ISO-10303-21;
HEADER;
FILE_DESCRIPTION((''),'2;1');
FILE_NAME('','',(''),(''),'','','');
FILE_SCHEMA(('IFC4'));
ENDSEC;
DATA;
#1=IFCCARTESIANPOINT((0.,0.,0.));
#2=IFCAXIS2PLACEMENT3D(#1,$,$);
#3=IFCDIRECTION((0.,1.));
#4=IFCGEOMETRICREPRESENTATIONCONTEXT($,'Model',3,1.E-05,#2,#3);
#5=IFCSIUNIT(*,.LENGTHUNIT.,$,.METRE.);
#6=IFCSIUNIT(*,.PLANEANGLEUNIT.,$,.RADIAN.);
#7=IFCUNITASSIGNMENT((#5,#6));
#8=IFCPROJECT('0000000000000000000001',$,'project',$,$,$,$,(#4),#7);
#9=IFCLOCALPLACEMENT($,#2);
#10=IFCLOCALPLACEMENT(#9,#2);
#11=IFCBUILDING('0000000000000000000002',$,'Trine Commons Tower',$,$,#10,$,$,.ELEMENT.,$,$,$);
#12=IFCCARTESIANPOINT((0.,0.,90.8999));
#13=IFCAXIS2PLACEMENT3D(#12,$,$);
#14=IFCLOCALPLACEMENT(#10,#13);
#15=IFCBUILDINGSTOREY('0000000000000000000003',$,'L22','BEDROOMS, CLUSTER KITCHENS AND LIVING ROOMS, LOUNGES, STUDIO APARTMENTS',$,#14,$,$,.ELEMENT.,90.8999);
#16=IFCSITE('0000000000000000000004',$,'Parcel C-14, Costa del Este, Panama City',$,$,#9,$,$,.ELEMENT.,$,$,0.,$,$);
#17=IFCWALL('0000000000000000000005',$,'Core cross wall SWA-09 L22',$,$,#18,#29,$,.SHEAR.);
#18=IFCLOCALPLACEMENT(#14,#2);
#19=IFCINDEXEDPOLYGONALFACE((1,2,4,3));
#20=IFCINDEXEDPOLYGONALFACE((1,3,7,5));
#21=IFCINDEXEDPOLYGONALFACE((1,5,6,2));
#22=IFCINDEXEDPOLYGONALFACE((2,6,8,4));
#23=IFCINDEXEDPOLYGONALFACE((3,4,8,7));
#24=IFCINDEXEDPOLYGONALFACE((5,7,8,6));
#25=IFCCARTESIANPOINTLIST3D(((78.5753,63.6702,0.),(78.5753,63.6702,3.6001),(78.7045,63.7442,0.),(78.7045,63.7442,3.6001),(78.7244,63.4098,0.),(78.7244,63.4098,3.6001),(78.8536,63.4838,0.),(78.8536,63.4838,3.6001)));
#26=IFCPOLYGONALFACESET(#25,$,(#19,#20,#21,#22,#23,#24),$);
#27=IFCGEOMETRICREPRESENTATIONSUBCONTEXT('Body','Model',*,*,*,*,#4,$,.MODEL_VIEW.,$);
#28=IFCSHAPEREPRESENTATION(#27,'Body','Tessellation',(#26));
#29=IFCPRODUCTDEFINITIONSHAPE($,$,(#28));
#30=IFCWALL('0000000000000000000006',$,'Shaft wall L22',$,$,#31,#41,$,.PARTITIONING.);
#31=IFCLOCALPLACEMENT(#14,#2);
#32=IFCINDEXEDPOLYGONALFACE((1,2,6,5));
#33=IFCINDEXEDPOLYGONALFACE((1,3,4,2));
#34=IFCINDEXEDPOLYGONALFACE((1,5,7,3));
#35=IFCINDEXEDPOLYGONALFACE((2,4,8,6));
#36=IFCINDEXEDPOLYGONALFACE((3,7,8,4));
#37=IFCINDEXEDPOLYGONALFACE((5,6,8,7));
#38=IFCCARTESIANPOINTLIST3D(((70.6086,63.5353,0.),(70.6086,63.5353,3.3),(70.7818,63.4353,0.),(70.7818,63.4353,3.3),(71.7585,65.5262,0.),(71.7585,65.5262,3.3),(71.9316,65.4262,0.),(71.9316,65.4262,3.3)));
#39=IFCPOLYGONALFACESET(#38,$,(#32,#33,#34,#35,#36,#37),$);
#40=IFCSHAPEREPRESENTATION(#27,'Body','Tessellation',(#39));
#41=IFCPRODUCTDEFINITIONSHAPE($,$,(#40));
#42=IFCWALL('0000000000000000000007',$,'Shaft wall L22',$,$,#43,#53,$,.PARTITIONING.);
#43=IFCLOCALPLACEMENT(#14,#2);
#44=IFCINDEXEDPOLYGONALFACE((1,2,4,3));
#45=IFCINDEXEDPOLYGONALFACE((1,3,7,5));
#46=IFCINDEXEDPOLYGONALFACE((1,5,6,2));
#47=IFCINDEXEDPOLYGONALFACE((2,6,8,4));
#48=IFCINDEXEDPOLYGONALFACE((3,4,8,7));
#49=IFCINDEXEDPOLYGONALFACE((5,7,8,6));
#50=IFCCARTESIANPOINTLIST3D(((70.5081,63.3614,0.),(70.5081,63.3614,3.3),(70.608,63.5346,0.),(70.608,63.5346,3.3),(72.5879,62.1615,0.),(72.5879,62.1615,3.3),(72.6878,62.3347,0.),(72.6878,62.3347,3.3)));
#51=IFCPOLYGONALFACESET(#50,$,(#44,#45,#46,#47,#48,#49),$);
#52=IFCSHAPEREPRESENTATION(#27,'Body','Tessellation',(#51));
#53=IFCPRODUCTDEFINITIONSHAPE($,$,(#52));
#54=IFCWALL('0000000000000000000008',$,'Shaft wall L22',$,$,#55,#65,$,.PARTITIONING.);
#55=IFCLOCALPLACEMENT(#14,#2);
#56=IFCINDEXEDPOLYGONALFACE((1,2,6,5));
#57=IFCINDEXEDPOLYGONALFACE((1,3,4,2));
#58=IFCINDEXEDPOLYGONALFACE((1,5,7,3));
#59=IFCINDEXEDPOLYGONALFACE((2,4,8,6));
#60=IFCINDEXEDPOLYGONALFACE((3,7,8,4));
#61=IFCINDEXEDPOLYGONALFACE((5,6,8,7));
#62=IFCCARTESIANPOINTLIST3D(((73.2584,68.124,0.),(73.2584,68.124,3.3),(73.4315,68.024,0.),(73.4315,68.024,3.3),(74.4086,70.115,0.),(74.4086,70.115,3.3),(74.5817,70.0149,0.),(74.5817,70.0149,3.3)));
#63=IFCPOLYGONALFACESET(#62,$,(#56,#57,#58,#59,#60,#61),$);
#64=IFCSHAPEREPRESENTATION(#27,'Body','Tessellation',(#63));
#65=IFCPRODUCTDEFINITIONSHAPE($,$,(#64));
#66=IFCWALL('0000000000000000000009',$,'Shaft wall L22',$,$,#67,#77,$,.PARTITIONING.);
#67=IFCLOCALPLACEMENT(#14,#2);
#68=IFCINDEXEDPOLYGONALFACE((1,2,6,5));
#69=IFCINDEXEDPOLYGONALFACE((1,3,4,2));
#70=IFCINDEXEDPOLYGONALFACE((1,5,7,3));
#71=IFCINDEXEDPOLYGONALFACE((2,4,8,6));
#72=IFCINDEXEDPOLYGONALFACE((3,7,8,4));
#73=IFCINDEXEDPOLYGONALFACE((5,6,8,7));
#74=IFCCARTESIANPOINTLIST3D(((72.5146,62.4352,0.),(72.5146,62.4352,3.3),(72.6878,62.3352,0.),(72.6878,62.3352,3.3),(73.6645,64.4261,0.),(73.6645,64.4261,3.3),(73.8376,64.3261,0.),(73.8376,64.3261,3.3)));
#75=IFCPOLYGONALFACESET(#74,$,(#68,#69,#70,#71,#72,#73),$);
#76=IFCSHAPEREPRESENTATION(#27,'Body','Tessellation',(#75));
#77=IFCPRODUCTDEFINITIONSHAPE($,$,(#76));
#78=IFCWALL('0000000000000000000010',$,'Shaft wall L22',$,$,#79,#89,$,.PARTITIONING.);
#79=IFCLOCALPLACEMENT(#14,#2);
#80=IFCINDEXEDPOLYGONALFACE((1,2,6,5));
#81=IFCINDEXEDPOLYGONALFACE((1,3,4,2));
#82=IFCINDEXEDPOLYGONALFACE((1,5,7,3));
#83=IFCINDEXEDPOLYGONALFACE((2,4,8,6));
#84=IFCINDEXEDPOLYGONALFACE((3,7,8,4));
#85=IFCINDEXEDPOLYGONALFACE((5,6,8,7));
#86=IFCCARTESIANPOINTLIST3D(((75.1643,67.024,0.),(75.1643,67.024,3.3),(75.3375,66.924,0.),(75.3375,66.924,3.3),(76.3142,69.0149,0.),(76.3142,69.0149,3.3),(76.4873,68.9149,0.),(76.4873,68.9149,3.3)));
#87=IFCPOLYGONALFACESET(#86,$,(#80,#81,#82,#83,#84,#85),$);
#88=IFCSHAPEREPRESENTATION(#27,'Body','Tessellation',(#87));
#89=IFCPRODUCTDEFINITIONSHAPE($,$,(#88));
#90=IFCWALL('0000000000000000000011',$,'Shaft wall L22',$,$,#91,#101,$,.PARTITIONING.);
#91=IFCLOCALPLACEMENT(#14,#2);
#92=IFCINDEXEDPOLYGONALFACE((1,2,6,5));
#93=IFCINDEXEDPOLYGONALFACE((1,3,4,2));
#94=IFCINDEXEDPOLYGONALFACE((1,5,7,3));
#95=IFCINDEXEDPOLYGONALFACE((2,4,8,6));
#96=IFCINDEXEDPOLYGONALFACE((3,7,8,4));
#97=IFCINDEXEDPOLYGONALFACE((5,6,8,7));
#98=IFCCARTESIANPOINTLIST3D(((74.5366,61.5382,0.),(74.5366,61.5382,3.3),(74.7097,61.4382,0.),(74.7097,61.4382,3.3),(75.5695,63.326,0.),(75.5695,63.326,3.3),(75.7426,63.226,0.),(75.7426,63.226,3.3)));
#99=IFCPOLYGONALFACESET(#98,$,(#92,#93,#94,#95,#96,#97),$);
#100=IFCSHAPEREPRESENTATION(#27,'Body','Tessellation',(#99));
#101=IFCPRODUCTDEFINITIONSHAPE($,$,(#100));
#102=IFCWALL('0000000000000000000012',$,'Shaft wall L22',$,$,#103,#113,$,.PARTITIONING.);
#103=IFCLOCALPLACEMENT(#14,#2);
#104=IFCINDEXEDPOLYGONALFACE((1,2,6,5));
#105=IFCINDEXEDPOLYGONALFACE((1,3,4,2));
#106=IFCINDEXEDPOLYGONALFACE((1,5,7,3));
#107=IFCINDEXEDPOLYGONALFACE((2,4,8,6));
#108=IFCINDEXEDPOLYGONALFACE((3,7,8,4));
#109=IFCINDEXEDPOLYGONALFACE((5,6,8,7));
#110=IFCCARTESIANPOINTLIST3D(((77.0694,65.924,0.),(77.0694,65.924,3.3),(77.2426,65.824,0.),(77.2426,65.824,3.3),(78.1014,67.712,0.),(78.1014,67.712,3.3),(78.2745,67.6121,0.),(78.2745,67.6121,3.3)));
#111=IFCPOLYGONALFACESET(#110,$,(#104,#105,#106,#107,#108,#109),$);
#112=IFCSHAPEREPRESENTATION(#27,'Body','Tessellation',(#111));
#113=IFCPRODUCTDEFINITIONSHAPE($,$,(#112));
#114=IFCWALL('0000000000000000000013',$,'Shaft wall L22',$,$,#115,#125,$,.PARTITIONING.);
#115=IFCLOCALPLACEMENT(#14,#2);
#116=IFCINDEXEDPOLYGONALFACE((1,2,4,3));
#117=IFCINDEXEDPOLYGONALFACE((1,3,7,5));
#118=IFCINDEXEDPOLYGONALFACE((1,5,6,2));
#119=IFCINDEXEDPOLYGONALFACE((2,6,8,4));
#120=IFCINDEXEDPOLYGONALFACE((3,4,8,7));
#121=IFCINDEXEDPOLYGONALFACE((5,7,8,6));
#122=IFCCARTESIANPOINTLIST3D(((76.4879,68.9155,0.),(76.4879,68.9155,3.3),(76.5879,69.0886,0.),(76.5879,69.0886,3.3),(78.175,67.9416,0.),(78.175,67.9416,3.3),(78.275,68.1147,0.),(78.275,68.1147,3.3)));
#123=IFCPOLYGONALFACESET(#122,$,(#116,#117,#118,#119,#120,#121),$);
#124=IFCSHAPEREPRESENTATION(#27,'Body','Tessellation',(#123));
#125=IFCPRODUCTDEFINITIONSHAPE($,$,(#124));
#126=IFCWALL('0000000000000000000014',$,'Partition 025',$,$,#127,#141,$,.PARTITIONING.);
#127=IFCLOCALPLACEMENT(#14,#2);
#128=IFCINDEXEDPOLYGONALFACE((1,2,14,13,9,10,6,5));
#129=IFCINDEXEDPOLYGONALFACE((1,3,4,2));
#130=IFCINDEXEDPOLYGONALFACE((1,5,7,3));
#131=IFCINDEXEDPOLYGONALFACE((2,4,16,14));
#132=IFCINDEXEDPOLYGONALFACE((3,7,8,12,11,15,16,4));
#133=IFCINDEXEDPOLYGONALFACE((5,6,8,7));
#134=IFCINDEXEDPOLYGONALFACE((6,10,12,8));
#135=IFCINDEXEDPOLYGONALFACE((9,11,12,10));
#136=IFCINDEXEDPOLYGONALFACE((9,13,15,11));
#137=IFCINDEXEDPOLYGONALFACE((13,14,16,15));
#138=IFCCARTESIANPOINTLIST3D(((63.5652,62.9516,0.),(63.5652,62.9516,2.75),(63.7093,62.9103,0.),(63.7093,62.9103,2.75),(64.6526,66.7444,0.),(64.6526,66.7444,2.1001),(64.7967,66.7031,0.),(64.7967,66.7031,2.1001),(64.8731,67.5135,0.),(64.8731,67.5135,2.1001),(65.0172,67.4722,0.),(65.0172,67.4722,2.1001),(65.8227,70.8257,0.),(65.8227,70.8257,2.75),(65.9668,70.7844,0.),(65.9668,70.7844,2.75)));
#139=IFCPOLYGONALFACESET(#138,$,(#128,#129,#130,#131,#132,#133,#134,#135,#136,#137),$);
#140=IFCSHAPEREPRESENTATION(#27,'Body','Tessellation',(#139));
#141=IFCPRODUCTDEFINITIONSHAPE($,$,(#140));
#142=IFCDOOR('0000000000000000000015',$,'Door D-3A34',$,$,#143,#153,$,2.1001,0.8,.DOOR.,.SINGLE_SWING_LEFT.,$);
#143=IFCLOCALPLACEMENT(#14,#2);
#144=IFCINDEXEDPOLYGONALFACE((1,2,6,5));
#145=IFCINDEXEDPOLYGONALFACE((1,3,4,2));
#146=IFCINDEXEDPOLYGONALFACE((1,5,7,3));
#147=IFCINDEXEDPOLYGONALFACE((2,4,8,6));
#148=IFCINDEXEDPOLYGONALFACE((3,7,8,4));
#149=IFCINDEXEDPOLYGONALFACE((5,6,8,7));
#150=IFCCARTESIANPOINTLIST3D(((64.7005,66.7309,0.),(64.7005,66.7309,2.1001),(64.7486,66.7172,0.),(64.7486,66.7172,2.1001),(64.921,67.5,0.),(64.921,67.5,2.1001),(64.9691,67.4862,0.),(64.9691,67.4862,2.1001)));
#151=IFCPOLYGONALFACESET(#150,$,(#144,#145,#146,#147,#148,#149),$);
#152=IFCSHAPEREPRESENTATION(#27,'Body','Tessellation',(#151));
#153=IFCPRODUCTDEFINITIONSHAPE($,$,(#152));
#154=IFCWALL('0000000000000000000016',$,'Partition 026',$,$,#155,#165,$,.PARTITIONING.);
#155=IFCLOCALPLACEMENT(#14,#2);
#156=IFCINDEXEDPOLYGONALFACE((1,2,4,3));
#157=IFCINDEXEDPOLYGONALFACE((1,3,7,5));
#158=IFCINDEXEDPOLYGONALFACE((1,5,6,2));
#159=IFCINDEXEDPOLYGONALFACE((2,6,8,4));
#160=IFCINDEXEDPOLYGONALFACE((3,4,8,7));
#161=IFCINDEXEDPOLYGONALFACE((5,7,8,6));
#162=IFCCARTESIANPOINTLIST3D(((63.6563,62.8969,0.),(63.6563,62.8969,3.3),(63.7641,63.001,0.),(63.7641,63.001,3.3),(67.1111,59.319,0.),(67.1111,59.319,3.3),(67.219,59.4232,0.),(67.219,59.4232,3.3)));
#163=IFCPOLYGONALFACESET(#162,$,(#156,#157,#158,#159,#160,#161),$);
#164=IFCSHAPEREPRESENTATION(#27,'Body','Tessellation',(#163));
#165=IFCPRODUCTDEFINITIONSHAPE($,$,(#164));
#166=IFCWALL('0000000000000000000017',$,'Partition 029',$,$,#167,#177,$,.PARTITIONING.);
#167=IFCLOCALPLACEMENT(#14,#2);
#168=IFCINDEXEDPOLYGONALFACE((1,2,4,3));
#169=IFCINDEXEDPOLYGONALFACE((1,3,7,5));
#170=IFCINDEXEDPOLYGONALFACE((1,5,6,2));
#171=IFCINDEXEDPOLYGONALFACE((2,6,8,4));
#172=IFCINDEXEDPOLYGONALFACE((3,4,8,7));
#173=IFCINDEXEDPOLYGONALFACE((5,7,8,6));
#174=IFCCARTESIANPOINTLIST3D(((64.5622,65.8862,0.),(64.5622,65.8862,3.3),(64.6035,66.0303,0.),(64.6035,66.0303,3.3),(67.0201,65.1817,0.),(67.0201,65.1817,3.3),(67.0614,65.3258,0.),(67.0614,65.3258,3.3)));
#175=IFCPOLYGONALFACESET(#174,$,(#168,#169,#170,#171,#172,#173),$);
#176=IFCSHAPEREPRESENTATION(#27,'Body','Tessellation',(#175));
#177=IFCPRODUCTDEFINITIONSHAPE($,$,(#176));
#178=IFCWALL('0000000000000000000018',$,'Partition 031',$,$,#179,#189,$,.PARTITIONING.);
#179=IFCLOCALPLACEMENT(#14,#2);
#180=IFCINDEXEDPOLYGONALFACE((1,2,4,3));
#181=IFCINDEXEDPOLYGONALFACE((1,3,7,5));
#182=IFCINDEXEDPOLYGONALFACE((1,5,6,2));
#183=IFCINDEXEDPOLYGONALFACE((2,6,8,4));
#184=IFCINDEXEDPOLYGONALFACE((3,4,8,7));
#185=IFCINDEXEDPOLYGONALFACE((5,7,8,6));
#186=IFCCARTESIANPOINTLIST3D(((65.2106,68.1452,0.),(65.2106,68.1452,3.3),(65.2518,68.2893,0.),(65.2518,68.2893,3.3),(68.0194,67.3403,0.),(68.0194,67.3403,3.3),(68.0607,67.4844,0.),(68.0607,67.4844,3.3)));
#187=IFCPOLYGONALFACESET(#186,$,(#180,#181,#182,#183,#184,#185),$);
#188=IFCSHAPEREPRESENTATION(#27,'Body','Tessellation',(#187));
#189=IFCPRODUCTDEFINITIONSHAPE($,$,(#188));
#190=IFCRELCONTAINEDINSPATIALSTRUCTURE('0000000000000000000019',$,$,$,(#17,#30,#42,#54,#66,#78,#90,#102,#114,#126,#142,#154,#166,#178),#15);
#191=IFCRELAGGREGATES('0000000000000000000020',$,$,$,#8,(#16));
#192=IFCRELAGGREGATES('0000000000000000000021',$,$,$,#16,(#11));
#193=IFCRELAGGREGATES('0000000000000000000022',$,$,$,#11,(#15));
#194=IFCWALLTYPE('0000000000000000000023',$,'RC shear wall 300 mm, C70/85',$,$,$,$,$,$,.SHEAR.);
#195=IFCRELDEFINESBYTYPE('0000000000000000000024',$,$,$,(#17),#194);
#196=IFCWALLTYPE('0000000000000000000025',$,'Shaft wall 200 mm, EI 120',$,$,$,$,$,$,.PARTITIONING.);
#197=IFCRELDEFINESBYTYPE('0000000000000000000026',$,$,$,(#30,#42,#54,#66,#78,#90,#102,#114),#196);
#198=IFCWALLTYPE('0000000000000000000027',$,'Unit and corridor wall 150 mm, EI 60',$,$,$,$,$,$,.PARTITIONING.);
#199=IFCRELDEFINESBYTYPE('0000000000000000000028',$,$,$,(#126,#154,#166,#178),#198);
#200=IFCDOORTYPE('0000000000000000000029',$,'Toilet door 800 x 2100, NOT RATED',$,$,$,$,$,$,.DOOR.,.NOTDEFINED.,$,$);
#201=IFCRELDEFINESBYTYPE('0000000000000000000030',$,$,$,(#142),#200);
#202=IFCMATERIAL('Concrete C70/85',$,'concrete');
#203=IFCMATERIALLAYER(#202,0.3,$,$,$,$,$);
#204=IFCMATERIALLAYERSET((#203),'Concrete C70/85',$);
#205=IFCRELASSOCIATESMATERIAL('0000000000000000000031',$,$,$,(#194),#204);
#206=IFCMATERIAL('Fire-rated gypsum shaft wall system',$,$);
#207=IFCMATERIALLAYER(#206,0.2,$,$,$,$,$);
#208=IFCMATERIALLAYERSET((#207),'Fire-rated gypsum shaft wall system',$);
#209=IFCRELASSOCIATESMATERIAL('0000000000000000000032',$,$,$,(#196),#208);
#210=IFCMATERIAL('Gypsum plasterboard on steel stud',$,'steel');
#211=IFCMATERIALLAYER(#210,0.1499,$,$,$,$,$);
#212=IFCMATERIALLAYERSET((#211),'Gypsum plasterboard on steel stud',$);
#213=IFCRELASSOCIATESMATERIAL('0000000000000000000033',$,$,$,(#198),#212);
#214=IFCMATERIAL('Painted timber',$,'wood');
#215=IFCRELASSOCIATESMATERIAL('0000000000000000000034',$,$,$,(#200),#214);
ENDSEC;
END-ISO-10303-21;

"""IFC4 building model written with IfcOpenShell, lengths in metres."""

from ifc_helpers import new_model, si_unit, direction, frame, frame_2d, origin, place, context, subcontext, project, spatial, rectangle, extrude, material, layer, layer_set, type_object, element, fill, save


model = new_model("IFC4")

# Units and contexts
model_context = context("Model", 3, precision=1e-05, world=origin(), true_north=direction((0.0, 1.0)))
body_context = subcontext(model_context, "Body", "Model", "MODEL_VIEW")
ifc_project = project(units=[si_unit("LENGTHUNIT", "METRE"), si_unit("PLANEANGLEUNIT", "RADIAN")], contexts=[model_context])

# Site, building, storey
site_placement = place(None, origin())
site = spatial("IfcSite", under=ifc_project, at=site_placement, Name="Parcel C-14, Costa del Este, Panama City", CompositionType="ELEMENT", RefElevation=0.0)
building_placement = place(site_placement, origin())
building = spatial("IfcBuilding", under=site, at=building_placement, Name="Trine Commons Tower", CompositionType="ELEMENT")
storey_placement = place(building_placement, frame((0.0, 0.0, 90.8999)))
storey = spatial("IfcBuildingStorey", under=building, at=storey_placement, Name="L22", Description="BEDROOMS, CLUSTER KITCHENS AND LIVING ROOMS, LOUNGES, STUDIO APARTMENTS", CompositionType="ELEMENT", Elevation=90.8999)

# Shared definitions
ifc_material_1 = material(Name="Fire-rated gypsum shaft wall system")
ifc_material_2 = material(Name="Concrete C70/85", Category="concrete")
ifc_layer_1 = layer(ifc_material_2, 0.3)
ifc_layer_set_1 = layer_set([ifc_layer_1], Name="Concrete C70/85")
wall_type_1 = type_object("IfcWallType", Name="RC shear wall 300 mm, C70/85", PredefinedType="SHEAR", material=ifc_layer_set_1)

# Walls
wall_1_placement = place(storey_placement, frame((78.7791, 63.614, 0.0), z_axis=(0.0, 0.0, 1.0), x_axis=(-0.867738, -0.497022, 0.0)))
element("IfcWall", 1, at=wall_1_placement, inside=storey, type_object=wall_type_1, Name="Core cross wall SWA-09 L22", PredefinedType="SHEAR", context=body_context, shape_type="SweptSolid", body=[
    extrude(rectangle(XDim=0.1489, YDim=0.3, at=frame_2d((0.0745, 0.0))), origin(), (0.0, 0.0, 1.0), 3.6001),
])
ifc_layer_2 = layer(ifc_material_1, 0.2)
ifc_layer_set_2 = layer_set([ifc_layer_2], Name="Fire-rated gypsum shaft wall system")
wall_type_2 = type_object("IfcWallType", Name="Shaft wall 200 mm, EI 120", PredefinedType="PARTITIONING", material=ifc_layer_set_2)
wall_2_placement = place(storey_placement, frame((71.845, 65.4761, 0.0), z_axis=(0.0, 0.0, 1.0), x_axis=(-0.500136, -0.865947, 0.0)))
element("IfcWall", 2, at=wall_2_placement, inside=storey, type_object=wall_type_2, Name="Shaft wall L22", PredefinedType="PARTITIONING", context=body_context, shape_type="SweptSolid", body=[
    extrude(rectangle(XDim=2.2991, YDim=0.2, at=frame_2d((1.1494, 0.0))), origin(), (0.0, 0.0, 1.0), 3.3),
])
wall_3_placement = place(storey_placement, frame((72.6379, 62.248, 0.0), z_axis=(0.0, 0.0, 1.0), x_axis=(-0.866177, 0.499737, 0.0)))
element("IfcWall", 3, at=wall_3_placement, inside=storey, type_object=wall_type_2, Name="Shaft wall L22", PredefinedType="PARTITIONING", context=body_context, shape_type="SweptSolid", body=[
    extrude(rectangle(XDim=2.4011, YDim=0.2, at=frame_2d((1.2007, 0.0))), origin(), (0.0, 0.0, 1.0), 3.3),
])
wall_4_placement = place(storey_placement, frame((73.345, 68.074, 0.0), z_axis=(0.0, 0.0, 1.0), x_axis=(0.500216, 0.865901, 0.0)))
element("IfcWall", 4, at=wall_4_placement, inside=storey, type_object=wall_type_2, Name="Shaft wall L22", PredefinedType="PARTITIONING", context=body_context, shape_type="SweptSolid", body=[
    extrude(rectangle(XDim=2.2993, YDim=0.2, at=frame_2d((1.1497, 0.0))), origin(), (0.0, 0.0, 1.0), 3.3),
])
for number, where, z_axis, x_axis, name in (
    (5, (73.751, 64.376, 0.0), (0.0, 0.0, 1.0), (-0.500136, -0.865947, 0.0), "Shaft wall L22"),
    (6, (75.251, 66.9741, 0.0), (0.0, 0.0, 1.0), (0.500136, 0.865947, 0.0), "Shaft wall L22"),
):
    element("IfcWall", number, at=place(storey_placement, frame(where, z_axis=z_axis, x_axis=x_axis)), inside=storey, type_object=wall_type_2, Name=name, PredefinedType="PARTITIONING", context=body_context, shape_type="SweptSolid", body=[
        extrude(rectangle(XDim=2.2991, YDim=0.2, at=frame_2d((1.1494, 0.0))), origin(), (0.0, 0.0, 1.0), 3.3),
    ])
wall_5_placement = place(storey_placement, frame((75.656, 63.2759, 0.0), z_axis=(0.0, 0.0, 1.0), x_axis=(-0.500272, -0.865868, 0.0)))
element("IfcWall", 7, at=wall_5_placement, inside=storey, type_object=wall_type_2, Name="Shaft wall L22", PredefinedType="PARTITIONING", context=body_context, shape_type="SweptSolid", body=[
    extrude(rectangle(XDim=2.0647, YDim=0.2, at=frame_2d((1.0322, 0.0))), origin(), (0.0, 0.0, 1.0), 3.3),
])
wall_6_placement = place(storey_placement, frame((77.156, 65.874, 0.0), z_axis=(0.0, 0.0, 1.0), x_axis=(0.499866, 0.866103, 0.0)))
element("IfcWall", 8, at=wall_6_placement, inside=storey, type_object=wall_type_2, Name="Shaft wall L22", PredefinedType="PARTITIONING", context=body_context, shape_type="SweptSolid", body=[
    extrude(rectangle(XDim=2.0645, YDim=0.2, at=frame_2d((1.0322, 0.0))), origin(), (0.0, 0.0, 1.0), 3.3),
])
wall_7_placement = place(storey_placement, frame((78.2251, 68.0281, 0.0), z_axis=(0.0, 0.0, 1.0), x_axis=(-0.866052, 0.499954, 0.0)))
element("IfcWall", 9, at=wall_7_placement, inside=storey, type_object=wall_type_2, Name="Shaft wall L22", PredefinedType="PARTITIONING", context=body_context, shape_type="SweptSolid", body=[
    extrude(rectangle(XDim=1.948, YDim=0.2, at=frame_2d((0.9741, 0.0))), origin(), (0.0, 0.0, 1.0), 3.3),
])

# Wall, opening, door
ifc_material_3 = material(Name="Gypsum plasterboard on steel stud", Category="steel")
ifc_layer_3 = layer(ifc_material_3, 0.1499)
ifc_layer_set_3 = layer_set([ifc_layer_3], Name="Gypsum plasterboard on steel stud")
wall_type_3 = type_object("IfcWallType", Name="Unit and corridor wall 150 mm, EI 60", PredefinedType="PARTITIONING", material=ifc_layer_set_3)
wall_8_placement = place(storey_placement, frame((63.6372, 62.9309, 0.0), z_axis=(0.0, 0.0, 1.0), x_axis=(0.275599, 0.961273, 0.0)))
wall_8 = element("IfcWall", 10, at=wall_8_placement, inside=storey, type_object=wall_type_3, Name="Partition 025", PredefinedType="PARTITIONING", context=body_context, shape_type="SweptSolid", body=[
    extrude(rectangle(XDim=8.1914, YDim=0.1499, at=frame_2d((4.0957, 0.0))), origin(), (0.0, 0.0, 1.0), 2.75),
])
opening_1_placement = place(wall_8_placement, frame((3.9458, 0.0, 0.0)))
opening_1 = element("IfcOpeningElement", 11, at=opening_1_placement, cuts=wall_8, PredefinedType="OPENING", context=body_context, shape_type="SweptSolid", body=[
    extrude(rectangle(XDim=0.8, YDim=2.1001, at=frame_2d((0.3999, 1.05))), frame((0.0, 0.085, 0.0), z_axis=(0.0, -1.0, 0.0), x_axis=(1.0, 0.0, 0.0)), (0.0, 0.0, 1.0), 0.1699),
])
ifc_material_4 = material(Name="Painted timber", Category="wood")
door_type_1 = type_object("IfcDoorType", Name="Toilet door 800 x 2100, NOT RATED", OperationType="NOTDEFINED", PredefinedType="DOOR", material=ifc_material_4)
door_1_placement = place(opening_1_placement, frame((0.8, 0.0, 0.0), z_axis=(0.0, 0.0, 1.0), x_axis=(-1.0, 0.0, 0.0)))
door_1 = element("IfcDoor", 12, at=door_1_placement, inside=storey, type_object=door_type_1, Name="Door D-3A34", OperationType="SINGLE_SWING_LEFT", OverallHeight=2.1001, OverallWidth=0.8, PredefinedType="DOOR", context=body_context, shape_type="SweptSolid", body=[
    extrude(rectangle(XDim=0.8, YDim=2.1001, at=frame_2d((0.3999, 1.05))), frame((0.0, 0.0249, 0.0), z_axis=(0.0, -1.0, 0.0), x_axis=(1.0, 0.0, 0.0)), (0.0, 0.0, 1.0), 0.05),
])
fill(opening_1, door_1)

# Walls
wall_9_placement = place(storey_placement, frame((63.7102, 62.949, 0.0), z_axis=(0.0, 0.0, 1.0), x_axis=(0.694629, -0.719368, 0.0)))
element("IfcWall", 13, at=wall_9_placement, inside=storey, type_object=wall_type_3, Name="Partition 026", PredefinedType="PARTITIONING", context=body_context, shape_type="SweptSolid", body=[
    extrude(rectangle(XDim=4.9736, YDim=0.1499, at=frame_2d((2.4868, 0.0))), origin(), (0.0, 0.0, 1.0), 3.3),
])
wall_10_placement = place(storey_placement, frame((64.583, 65.9583, 0.0), z_axis=(0.0, 0.0, 1.0), x_axis=(0.961286, -0.275553, 0.0)))
element("IfcWall", 14, at=wall_10_placement, inside=storey, type_object=wall_type_3, Name="Partition 029", PredefinedType="PARTITIONING", context=body_context, shape_type="SweptSolid", body=[
    extrude(rectangle(XDim=2.5569, YDim=0.1499, at=frame_2d((1.2783, 0.0))), origin(), (0.0, 0.0, 1.0), 3.3),
])
wall_11_placement = place(storey_placement, frame((65.2312, 68.2173, 0.0), z_axis=(0.0, 0.0, 1.0), x_axis=(0.961306, -0.275483, 0.0)))
element("IfcWall", 15, at=wall_11_placement, inside=storey, type_object=wall_type_3, Name="Partition 031", PredefinedType="PARTITIONING", context=body_context, shape_type="SweptSolid", body=[
    extrude(rectangle(XDim=2.9219, YDim=0.1499, at=frame_2d((1.4609, 0.0))), origin(), (0.0, 0.0, 1.0), 3.3),
])

save(model, "model.ifc")
